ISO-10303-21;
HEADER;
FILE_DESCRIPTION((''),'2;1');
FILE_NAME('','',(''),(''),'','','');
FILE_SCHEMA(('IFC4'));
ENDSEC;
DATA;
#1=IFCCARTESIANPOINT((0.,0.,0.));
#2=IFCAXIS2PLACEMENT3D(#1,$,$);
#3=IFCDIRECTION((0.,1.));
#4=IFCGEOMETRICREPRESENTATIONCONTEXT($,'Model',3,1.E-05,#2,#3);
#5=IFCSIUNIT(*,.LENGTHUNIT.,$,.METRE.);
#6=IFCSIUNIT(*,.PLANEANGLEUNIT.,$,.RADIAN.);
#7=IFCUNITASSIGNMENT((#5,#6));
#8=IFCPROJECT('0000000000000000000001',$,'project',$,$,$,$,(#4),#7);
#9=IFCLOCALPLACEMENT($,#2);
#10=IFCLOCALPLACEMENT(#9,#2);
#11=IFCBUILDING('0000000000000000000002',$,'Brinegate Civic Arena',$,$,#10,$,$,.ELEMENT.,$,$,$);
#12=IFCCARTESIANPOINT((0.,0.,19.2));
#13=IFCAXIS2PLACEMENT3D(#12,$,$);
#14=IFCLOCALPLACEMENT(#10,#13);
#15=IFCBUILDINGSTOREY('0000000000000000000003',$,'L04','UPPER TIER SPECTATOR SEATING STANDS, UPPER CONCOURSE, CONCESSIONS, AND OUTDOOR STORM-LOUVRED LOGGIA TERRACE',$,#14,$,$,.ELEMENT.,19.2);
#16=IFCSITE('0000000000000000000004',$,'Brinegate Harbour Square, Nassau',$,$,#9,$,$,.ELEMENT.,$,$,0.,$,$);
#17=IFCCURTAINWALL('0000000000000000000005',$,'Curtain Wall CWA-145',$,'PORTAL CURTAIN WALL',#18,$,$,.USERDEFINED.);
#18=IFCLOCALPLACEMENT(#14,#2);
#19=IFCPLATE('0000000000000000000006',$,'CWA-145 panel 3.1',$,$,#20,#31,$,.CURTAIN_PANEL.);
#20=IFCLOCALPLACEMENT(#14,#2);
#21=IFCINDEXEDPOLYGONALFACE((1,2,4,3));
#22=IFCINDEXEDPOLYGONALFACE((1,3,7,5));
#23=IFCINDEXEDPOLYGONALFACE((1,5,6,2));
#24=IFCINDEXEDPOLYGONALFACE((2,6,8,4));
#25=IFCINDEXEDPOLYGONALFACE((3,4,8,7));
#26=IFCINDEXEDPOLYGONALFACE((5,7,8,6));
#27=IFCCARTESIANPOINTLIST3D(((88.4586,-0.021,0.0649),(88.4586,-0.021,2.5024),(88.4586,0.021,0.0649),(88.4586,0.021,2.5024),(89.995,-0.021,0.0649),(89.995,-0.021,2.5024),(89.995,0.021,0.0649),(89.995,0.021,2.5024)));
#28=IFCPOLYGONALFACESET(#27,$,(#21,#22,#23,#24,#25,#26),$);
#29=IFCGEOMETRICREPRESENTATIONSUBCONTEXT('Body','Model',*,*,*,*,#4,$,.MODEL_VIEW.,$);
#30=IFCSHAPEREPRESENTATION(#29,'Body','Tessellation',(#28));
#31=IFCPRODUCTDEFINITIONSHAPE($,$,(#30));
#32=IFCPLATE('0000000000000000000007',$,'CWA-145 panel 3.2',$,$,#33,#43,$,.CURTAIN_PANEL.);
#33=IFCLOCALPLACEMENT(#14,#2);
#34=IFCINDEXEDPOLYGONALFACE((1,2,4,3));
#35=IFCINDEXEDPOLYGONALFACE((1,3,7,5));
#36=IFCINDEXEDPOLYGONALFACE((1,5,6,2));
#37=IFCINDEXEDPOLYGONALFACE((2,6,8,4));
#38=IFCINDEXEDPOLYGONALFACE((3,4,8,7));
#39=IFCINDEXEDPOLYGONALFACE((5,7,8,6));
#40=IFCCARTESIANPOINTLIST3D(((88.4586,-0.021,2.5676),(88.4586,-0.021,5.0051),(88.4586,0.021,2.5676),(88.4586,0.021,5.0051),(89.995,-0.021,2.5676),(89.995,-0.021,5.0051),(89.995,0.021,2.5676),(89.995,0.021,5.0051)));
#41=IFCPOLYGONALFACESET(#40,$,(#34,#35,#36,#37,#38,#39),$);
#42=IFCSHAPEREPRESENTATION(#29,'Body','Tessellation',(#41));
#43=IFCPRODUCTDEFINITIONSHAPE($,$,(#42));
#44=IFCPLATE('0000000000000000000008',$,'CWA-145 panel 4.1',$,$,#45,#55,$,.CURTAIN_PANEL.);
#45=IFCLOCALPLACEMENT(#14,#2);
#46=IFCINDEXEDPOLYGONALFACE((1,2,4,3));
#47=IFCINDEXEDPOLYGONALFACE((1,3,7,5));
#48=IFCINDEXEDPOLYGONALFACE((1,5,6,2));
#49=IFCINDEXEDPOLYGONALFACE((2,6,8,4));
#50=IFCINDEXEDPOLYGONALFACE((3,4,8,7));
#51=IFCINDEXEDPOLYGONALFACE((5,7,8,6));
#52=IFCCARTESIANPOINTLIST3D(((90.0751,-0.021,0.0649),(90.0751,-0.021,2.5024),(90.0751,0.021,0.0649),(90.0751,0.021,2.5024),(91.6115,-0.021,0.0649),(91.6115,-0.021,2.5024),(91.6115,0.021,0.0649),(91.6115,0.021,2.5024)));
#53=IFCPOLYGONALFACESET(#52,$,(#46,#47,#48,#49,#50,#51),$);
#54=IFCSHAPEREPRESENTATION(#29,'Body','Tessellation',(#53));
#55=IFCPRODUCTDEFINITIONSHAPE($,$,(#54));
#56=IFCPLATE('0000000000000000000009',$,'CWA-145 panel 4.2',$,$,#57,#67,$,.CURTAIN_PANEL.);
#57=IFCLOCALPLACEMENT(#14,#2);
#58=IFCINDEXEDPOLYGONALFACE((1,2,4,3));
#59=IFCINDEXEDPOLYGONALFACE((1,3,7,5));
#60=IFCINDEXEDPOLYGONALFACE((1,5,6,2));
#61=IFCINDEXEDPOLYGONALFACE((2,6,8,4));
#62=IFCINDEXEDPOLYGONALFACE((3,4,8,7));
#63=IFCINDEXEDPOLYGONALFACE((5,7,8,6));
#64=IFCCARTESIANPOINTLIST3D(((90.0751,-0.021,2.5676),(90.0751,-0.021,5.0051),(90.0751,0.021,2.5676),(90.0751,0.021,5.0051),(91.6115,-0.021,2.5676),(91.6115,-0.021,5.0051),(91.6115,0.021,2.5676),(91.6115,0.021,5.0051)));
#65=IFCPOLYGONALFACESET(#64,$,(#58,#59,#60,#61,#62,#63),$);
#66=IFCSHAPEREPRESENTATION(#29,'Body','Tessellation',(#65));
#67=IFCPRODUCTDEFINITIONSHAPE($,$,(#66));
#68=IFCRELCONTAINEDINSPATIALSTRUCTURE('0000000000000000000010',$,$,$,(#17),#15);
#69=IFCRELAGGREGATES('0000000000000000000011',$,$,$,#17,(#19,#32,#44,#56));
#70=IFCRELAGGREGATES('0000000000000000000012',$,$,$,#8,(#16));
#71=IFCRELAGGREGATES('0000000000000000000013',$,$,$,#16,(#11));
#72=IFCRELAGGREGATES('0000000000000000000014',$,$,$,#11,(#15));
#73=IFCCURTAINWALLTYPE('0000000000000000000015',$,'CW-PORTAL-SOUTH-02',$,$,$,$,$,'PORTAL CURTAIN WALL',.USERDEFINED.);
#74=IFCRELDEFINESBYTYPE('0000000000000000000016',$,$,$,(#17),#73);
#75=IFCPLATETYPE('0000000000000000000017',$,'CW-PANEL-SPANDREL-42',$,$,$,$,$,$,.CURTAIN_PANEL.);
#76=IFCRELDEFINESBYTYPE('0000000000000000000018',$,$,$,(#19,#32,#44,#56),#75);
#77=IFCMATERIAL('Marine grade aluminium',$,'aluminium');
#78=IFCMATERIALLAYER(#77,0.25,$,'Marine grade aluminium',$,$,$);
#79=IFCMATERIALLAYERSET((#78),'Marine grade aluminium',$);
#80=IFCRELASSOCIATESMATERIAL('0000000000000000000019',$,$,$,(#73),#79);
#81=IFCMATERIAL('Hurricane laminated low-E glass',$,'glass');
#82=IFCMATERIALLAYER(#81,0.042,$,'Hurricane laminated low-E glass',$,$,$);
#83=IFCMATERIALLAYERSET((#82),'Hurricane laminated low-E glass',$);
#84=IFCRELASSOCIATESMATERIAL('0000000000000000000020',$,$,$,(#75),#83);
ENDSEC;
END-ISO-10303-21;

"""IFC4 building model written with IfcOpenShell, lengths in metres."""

from ifc_helpers import new_model, si_unit, direction, frame, origin, origin_2d, place, context, subcontext, project, spatial, rectangle, extrude, material, layer, layer_set, type_object, element, aggregate, save


model = new_model("IFC4")

# Units and contexts
model_context = context("Model", 3, precision=1e-05, world=origin(), true_north=direction((0.0, 1.0)))
body_context = subcontext(model_context, "Body", "Model", "MODEL_VIEW")
ifc_project = project(units=[si_unit("LENGTHUNIT", "METRE"), si_unit("PLANEANGLEUNIT", "RADIAN")], contexts=[model_context])

# Site, building, storey
site_placement = place(None, origin())
site = spatial("IfcSite", under=ifc_project, at=site_placement, Name="Brinegate Harbour Square, Nassau", CompositionType="ELEMENT", RefElevation=0.0)
building_placement = place(site_placement, origin())
building = spatial("IfcBuilding", under=site, at=building_placement, Name="Brinegate Civic Arena", CompositionType="ELEMENT")
storey_placement = place(building_placement, frame((0.0, 0.0, 19.2)))
storey = spatial("IfcBuildingStorey", under=building, at=storey_placement, Name="L04", Description="UPPER TIER SPECTATOR SEATING STANDS, UPPER CONCOURSE, CONCESSIONS, AND OUTDOOR STORM-LOUVRED LOGGIA TERRACE", CompositionType="ELEMENT", Elevation=19.2)

# Curtain wall, plates
ifc_material_1 = material(Name="Marine grade aluminium", Category="aluminium")
ifc_layer_1 = layer(ifc_material_1, 0.25, Name="Marine grade aluminium")
ifc_layer_set_1 = layer_set([ifc_layer_1], Name="Marine grade aluminium")
curtain_wall_type = type_object("IfcCurtainWallType", Name="CW-PORTAL-SOUTH-02", ElementType="PORTAL CURTAIN WALL", PredefinedType="USERDEFINED", material=ifc_layer_set_1)
curtain_wall_placement = place(storey_placement, origin())
curtain_wall = element("IfcCurtainWall", 1, at=curtain_wall_placement, inside=storey, type_object=curtain_wall_type, Name="Curtain Wall CWA-145", ObjectType="PORTAL CURTAIN WALL", PredefinedType="USERDEFINED")
ifc_material_2 = material(Name="Hurricane laminated low-E glass", Category="glass")
ifc_layer_2 = layer(ifc_material_2, 0.042, Name="Hurricane laminated low-E glass")
ifc_layer_set_2 = layer_set([ifc_layer_2], Name="Hurricane laminated low-E glass")
plate_type = type_object("IfcPlateType", Name="CW-PANEL-SPANDREL-42", PredefinedType="CURTAIN_PANEL", material=ifc_layer_set_2)
plate_1_placement = place(storey_placement, frame((89.2268, 0.0, 0.0649), z_axis=(0.0, 0.0, 1.0), x_axis=(1.0, 0.0, 0.0)))
plate_1 = element("IfcPlate", 2, at=plate_1_placement, type_object=plate_type, Name="CWA-145 panel 3.1", PredefinedType="CURTAIN_PANEL", context=body_context, shape_type="SweptSolid", body=[
    extrude(rectangle(XDim=1.5364, YDim=0.042, at=origin_2d()), origin(), (0.0, 0.0, 1.0), 2.4375),
])
plate_2_placement = place(storey_placement, frame((89.2268, 0.0, 2.5676), z_axis=(0.0, 0.0, 1.0), x_axis=(1.0, 0.0, 0.0)))
plate_2 = element("IfcPlate", 3, at=plate_2_placement, type_object=plate_type, Name="CWA-145 panel 3.2", PredefinedType="CURTAIN_PANEL", context=body_context, shape_type="SweptSolid", body=[
    extrude(rectangle(XDim=1.5364, YDim=0.042, at=origin_2d()), origin(), (0.0, 0.0, 1.0), 2.4375),
])
plate_3_placement = place(storey_placement, frame((90.8433, 0.0, 0.0649), z_axis=(0.0, 0.0, 1.0), x_axis=(1.0, 0.0, 0.0)))
plate_3 = element("IfcPlate", 4, at=plate_3_placement, type_object=plate_type, Name="CWA-145 panel 4.1", PredefinedType="CURTAIN_PANEL", context=body_context, shape_type="SweptSolid", body=[
    extrude(rectangle(XDim=1.5364, YDim=0.042, at=origin_2d()), origin(), (0.0, 0.0, 1.0), 2.4375),
])
plate_4_placement = place(storey_placement, frame((90.8433, 0.0, 2.5676), z_axis=(0.0, 0.0, 1.0), x_axis=(1.0, 0.0, 0.0)))
plate_4 = element("IfcPlate", 5, at=plate_4_placement, type_object=plate_type, Name="CWA-145 panel 4.2", PredefinedType="CURTAIN_PANEL", context=body_context, shape_type="SweptSolid", body=[
    extrude(rectangle(XDim=1.5364, YDim=0.042, at=origin_2d()), origin(), (0.0, 0.0, 1.0), 2.4375),
])
aggregate(curtain_wall, [plate_1, plate_2, plate_3, plate_4])

save(model, "model.ifc")
